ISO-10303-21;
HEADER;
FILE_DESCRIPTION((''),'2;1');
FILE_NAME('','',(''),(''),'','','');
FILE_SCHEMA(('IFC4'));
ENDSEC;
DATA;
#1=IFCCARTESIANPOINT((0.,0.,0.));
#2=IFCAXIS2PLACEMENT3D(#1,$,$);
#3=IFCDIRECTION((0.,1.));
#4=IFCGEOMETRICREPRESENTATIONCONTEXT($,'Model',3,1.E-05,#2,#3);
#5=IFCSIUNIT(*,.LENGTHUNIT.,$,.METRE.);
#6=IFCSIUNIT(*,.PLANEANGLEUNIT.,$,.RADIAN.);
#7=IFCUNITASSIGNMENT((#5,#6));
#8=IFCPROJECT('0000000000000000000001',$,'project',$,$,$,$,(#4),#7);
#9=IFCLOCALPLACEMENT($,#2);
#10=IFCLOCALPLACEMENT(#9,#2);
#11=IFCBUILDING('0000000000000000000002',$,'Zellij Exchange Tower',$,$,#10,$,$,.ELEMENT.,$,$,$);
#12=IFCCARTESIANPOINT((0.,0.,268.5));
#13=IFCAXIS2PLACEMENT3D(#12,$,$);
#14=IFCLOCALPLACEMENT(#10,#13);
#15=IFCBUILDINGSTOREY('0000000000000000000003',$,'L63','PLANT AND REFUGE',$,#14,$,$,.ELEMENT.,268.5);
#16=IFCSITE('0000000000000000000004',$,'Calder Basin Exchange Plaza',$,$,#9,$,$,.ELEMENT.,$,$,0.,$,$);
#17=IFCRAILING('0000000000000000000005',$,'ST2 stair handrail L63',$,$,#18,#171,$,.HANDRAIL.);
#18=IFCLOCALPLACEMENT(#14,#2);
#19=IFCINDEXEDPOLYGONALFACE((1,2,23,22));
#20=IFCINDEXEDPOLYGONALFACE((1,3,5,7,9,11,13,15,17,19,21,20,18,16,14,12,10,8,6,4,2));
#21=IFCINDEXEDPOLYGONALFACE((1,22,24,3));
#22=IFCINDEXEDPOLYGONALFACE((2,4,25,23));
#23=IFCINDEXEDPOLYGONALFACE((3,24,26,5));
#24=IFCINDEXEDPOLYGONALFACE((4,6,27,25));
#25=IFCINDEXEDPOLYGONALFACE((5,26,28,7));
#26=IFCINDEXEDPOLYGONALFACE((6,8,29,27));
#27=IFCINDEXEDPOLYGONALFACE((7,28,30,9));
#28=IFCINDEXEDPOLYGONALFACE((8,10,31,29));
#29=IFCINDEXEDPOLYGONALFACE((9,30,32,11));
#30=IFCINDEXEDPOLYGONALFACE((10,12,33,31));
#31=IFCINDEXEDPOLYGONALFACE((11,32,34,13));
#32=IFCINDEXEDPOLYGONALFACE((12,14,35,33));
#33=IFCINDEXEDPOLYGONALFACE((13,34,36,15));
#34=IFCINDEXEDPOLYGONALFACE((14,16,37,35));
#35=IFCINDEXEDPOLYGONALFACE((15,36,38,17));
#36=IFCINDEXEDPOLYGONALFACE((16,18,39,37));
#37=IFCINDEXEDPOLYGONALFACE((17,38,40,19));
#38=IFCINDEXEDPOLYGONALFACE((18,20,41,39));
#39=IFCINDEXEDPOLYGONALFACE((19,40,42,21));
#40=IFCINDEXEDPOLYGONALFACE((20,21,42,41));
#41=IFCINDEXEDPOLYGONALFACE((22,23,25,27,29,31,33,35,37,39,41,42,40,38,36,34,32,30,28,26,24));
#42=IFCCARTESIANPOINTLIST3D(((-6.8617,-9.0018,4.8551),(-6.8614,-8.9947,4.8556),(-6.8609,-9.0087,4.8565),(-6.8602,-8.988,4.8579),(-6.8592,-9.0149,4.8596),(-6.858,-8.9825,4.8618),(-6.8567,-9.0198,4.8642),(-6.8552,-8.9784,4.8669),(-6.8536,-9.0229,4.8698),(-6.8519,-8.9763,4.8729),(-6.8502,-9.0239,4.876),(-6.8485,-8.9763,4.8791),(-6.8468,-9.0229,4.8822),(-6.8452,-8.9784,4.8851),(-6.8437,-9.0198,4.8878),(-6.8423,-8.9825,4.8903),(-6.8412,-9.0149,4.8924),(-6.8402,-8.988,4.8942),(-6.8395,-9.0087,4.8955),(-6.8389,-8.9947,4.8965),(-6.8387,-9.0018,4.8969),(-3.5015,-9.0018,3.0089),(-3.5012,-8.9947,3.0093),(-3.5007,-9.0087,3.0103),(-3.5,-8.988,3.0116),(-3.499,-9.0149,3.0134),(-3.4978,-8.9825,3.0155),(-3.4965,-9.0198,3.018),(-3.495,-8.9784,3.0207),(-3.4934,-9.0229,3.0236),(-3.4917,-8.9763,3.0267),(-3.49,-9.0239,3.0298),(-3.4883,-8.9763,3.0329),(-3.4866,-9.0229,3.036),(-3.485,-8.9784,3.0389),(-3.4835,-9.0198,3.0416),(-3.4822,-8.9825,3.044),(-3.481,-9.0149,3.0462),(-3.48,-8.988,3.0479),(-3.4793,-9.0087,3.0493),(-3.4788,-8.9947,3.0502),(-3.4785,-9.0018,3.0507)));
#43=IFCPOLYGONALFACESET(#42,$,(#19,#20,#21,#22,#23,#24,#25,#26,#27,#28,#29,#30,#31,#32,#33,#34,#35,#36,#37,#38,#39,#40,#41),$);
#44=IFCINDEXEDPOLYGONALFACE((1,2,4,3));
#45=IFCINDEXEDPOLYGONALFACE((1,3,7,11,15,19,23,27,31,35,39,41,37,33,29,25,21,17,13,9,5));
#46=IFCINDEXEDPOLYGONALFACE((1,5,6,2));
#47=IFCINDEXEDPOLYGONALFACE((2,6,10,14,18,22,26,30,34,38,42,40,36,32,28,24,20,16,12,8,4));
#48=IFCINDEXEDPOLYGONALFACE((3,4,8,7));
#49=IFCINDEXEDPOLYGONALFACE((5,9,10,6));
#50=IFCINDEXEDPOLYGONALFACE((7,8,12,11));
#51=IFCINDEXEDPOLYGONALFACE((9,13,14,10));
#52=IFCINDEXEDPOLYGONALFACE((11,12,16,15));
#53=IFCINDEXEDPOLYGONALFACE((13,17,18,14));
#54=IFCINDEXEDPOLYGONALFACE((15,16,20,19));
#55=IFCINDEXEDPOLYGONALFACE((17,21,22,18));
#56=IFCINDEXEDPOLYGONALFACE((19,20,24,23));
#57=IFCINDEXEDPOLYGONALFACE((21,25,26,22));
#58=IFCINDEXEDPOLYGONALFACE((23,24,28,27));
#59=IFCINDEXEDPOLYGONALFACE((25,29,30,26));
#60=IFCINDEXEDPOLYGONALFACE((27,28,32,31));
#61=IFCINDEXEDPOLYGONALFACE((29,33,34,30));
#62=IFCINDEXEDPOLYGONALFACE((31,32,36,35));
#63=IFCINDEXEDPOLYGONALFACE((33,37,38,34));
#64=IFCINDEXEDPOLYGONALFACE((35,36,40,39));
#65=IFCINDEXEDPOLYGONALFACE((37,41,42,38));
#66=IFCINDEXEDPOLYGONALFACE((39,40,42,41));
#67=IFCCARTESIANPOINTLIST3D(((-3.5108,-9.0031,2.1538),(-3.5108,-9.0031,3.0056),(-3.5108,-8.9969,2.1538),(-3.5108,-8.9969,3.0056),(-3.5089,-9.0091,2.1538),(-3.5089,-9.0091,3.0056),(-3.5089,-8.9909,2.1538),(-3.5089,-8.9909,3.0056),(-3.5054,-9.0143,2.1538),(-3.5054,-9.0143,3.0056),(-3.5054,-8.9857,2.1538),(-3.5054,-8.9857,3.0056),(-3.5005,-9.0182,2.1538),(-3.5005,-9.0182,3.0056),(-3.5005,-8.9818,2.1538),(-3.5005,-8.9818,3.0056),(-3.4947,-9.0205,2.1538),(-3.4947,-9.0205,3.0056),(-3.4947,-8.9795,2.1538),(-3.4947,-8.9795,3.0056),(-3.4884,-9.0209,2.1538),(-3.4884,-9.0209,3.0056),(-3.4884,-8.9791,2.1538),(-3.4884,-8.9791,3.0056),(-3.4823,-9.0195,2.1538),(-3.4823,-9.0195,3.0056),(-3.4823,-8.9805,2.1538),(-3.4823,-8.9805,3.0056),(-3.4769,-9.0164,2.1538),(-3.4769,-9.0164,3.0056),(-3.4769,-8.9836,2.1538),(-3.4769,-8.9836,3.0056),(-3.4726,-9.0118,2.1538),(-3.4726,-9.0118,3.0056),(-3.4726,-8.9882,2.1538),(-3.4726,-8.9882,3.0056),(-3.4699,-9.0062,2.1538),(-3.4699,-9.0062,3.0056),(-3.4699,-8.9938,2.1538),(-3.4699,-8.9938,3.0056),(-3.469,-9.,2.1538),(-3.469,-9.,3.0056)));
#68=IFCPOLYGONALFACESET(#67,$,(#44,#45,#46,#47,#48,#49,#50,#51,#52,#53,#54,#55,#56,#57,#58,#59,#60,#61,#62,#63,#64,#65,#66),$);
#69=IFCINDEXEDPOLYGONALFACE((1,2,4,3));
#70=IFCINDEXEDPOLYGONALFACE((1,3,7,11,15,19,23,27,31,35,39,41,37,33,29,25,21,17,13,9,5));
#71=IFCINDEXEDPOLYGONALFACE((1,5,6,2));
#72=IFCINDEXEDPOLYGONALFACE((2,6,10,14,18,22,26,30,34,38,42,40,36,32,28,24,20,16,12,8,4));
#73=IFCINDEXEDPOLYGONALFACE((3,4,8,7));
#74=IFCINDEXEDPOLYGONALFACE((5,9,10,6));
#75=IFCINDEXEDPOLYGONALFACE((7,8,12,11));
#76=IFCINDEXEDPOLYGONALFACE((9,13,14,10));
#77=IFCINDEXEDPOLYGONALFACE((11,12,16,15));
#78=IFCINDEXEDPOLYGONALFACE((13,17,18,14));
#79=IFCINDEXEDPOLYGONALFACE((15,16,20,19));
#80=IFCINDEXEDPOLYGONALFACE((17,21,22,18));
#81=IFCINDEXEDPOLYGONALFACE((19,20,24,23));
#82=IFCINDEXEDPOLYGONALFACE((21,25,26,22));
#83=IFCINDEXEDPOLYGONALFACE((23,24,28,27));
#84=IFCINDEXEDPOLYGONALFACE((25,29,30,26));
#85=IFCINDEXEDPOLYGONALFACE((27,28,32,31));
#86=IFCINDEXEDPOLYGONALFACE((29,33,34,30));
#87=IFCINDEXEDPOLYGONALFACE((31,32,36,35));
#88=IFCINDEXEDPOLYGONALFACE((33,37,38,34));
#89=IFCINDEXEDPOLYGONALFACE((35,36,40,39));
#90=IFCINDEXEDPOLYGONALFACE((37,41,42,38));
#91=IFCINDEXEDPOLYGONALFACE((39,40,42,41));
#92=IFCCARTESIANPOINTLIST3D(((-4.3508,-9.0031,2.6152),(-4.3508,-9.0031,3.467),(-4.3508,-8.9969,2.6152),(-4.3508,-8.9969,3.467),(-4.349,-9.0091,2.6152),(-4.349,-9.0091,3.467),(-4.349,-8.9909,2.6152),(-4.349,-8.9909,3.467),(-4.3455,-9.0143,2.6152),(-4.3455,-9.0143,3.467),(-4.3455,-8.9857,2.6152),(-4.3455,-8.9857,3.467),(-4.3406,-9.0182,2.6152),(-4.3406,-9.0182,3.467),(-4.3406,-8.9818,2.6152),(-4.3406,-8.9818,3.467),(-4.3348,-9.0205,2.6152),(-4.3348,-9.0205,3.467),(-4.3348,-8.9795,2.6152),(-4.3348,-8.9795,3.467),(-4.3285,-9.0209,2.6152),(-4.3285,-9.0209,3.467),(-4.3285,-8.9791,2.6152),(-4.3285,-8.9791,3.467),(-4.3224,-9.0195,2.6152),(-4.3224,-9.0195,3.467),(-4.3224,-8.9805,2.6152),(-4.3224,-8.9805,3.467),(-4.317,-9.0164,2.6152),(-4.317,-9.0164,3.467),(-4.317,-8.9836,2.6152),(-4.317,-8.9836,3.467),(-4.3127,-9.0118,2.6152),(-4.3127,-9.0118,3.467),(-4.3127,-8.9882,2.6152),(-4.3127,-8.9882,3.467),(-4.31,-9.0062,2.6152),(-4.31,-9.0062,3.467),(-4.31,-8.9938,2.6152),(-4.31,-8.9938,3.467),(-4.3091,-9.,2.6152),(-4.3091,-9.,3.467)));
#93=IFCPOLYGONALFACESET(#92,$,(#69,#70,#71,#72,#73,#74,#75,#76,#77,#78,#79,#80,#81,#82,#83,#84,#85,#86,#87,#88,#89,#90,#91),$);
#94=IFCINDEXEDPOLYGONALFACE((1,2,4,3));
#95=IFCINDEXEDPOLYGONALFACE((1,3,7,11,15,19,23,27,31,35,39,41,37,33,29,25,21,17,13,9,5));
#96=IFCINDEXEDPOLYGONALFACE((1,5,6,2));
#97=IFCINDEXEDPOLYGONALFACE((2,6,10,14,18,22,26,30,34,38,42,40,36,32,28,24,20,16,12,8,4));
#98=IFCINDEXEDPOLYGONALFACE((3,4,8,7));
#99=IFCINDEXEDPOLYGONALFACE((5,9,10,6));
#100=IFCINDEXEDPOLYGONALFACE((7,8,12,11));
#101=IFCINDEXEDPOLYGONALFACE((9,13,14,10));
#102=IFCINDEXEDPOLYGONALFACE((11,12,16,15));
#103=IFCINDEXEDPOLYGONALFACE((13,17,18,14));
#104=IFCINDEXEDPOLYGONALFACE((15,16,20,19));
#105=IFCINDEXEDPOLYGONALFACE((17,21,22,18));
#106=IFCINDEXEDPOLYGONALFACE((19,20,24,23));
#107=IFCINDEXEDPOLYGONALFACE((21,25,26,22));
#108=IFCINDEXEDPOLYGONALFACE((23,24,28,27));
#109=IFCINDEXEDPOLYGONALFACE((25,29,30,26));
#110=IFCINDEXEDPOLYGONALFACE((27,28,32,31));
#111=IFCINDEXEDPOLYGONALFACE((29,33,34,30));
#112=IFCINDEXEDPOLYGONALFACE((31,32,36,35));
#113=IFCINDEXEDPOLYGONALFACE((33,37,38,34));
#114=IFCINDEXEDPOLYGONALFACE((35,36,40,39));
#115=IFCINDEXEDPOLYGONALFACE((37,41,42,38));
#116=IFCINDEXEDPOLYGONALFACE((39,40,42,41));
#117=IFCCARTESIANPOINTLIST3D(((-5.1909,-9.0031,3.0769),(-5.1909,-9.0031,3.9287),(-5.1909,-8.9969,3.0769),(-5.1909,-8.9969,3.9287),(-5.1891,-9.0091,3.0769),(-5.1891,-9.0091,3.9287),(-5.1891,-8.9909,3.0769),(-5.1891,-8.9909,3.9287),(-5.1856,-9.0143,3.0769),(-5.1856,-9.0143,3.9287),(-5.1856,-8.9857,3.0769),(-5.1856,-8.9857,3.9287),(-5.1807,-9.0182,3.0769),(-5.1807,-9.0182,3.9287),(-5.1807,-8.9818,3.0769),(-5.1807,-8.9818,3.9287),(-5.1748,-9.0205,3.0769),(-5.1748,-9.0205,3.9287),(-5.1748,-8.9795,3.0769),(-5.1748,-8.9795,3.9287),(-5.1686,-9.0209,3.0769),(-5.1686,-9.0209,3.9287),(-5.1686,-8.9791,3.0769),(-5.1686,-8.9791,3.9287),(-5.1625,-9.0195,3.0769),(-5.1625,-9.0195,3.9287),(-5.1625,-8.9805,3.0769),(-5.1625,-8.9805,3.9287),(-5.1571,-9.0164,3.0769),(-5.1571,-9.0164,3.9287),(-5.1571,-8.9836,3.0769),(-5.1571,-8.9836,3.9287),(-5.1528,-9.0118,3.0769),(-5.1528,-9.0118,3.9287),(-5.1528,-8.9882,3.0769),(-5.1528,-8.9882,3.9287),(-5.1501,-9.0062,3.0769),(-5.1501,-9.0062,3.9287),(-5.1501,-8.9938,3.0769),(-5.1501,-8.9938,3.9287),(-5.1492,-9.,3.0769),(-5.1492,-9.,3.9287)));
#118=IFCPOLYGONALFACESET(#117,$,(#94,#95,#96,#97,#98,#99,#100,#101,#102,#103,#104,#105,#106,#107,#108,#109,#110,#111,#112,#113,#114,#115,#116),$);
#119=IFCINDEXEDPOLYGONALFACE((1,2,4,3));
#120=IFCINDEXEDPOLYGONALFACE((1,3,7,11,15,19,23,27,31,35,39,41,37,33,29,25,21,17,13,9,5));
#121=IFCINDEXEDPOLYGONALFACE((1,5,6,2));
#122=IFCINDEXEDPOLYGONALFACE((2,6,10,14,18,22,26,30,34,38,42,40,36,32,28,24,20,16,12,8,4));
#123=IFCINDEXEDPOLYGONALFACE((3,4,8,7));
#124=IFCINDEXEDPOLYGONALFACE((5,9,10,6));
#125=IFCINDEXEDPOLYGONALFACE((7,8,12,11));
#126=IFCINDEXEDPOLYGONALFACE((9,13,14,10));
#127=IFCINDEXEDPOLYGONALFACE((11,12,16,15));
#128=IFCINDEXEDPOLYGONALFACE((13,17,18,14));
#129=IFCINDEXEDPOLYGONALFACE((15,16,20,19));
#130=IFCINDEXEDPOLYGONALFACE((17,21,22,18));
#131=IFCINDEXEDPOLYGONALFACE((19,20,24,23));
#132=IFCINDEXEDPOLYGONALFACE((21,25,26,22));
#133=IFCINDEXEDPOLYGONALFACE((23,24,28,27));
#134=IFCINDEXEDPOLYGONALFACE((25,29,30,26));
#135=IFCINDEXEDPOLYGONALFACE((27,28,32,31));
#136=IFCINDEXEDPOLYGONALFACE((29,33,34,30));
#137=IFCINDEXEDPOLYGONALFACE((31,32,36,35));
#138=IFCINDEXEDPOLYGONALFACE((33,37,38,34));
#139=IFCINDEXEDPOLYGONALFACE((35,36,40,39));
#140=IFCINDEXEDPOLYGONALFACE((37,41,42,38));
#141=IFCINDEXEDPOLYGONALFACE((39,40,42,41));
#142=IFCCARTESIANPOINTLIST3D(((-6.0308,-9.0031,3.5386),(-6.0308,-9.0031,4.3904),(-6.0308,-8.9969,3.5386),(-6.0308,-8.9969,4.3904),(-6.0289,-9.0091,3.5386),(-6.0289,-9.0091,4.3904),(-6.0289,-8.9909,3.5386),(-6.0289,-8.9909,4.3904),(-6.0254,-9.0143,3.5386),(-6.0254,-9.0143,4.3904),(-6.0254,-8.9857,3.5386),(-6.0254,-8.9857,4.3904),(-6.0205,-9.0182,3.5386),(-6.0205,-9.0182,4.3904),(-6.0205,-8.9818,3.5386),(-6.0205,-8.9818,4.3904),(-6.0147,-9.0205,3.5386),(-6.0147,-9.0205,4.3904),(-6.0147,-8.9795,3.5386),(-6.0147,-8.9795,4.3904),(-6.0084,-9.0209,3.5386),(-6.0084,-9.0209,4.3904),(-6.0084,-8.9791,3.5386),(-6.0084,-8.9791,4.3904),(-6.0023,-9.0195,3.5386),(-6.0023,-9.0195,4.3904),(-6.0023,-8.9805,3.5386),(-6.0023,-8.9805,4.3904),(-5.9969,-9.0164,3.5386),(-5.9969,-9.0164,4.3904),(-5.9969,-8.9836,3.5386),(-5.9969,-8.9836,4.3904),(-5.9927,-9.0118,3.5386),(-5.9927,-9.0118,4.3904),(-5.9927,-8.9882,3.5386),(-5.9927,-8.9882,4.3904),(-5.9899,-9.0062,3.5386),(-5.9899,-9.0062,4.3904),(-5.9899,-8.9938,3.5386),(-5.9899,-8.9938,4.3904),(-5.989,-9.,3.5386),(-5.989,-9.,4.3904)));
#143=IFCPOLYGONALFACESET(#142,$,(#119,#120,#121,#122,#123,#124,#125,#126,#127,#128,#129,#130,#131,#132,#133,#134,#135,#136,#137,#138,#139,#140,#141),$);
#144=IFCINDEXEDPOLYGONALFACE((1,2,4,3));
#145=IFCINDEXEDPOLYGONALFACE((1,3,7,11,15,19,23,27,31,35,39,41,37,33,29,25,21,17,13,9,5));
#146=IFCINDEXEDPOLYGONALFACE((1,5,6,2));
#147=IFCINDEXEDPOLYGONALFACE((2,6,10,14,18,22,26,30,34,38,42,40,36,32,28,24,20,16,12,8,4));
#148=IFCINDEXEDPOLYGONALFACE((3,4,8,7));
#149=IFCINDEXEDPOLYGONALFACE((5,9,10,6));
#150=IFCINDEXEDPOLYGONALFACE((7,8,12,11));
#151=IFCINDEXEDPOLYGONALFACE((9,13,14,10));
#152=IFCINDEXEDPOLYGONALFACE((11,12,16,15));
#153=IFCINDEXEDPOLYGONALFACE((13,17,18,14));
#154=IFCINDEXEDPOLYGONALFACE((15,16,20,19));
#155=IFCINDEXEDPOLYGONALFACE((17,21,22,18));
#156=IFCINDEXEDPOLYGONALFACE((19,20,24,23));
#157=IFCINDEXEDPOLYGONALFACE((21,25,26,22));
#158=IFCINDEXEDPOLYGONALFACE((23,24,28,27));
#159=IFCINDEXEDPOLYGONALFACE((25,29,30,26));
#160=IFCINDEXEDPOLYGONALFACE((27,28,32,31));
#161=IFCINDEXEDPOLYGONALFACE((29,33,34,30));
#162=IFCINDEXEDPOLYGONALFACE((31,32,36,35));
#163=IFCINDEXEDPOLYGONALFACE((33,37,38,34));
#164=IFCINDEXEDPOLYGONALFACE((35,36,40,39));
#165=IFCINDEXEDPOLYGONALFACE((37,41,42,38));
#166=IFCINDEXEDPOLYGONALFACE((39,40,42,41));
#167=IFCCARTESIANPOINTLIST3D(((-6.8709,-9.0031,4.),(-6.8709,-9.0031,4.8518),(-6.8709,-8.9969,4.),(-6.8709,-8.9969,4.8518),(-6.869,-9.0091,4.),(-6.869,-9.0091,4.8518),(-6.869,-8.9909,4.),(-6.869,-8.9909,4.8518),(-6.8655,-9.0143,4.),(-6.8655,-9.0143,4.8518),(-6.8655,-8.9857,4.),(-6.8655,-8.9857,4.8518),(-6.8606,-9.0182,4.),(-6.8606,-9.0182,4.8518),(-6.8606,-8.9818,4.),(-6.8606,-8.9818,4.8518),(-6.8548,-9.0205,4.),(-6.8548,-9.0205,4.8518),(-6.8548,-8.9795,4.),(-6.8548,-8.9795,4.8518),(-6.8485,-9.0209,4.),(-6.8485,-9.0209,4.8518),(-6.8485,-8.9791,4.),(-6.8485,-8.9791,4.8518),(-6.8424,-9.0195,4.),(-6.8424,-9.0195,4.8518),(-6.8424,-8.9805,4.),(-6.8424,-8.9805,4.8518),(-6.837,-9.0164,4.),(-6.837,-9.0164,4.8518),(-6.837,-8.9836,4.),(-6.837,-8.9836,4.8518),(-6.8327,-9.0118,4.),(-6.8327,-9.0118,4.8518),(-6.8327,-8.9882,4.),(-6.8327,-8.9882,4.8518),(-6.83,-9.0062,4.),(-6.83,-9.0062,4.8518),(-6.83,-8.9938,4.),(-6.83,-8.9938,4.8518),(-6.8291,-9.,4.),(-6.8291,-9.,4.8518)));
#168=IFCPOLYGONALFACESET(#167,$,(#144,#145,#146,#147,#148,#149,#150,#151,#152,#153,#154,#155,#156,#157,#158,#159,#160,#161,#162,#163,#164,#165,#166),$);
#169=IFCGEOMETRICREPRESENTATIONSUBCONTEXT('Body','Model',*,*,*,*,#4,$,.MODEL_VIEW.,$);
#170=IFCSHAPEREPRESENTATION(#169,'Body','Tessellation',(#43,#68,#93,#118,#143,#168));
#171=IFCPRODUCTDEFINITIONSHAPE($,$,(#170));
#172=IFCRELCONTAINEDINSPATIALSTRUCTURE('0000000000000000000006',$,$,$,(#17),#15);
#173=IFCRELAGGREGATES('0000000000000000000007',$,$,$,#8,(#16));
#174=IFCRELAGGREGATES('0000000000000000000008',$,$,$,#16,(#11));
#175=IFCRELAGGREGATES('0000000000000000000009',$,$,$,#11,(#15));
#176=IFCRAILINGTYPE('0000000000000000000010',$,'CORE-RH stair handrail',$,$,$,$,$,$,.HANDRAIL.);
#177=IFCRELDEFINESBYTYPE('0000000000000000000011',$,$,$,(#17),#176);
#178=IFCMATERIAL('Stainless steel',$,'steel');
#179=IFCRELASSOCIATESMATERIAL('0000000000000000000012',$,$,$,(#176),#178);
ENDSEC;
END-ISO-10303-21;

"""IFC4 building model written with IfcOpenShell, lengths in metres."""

from ifc_helpers import new_model, si_unit, direction, frame, origin, origin_2d, place, context, subcontext, project, spatial, circle, extrude, material, type_object, element, save


model = new_model("IFC4")

# Units and contexts
model_context = context("Model", 3, precision=1e-05, world=origin(), true_north=direction((0.0, 1.0)))
body_context = subcontext(model_context, "Body", "Model", "MODEL_VIEW")
ifc_project = project(units=[si_unit("LENGTHUNIT", "METRE"), si_unit("PLANEANGLEUNIT", "RADIAN")], contexts=[model_context])

# Site, building, storey
site_placement = place(None, origin())
site = spatial("IfcSite", under=ifc_project, at=site_placement, Name="Calder Basin Exchange Plaza", CompositionType="ELEMENT", RefElevation=0.0)
building_placement = place(site_placement, origin())
building = spatial("IfcBuilding", under=site, at=building_placement, Name="Zellij Exchange Tower", CompositionType="ELEMENT")
storey_placement = place(building_placement, frame((0.0, 0.0, 268.5)))
storey = spatial("IfcBuildingStorey", under=building, at=storey_placement, Name="L63", Description="PLANT AND REFUGE", CompositionType="ELEMENT", Elevation=268.5)

# Railing
ifc_material_1 = material(Name="Stainless steel", Category="steel")
railing_type_1 = type_object("IfcRailingType", Name="CORE-RH stair handrail", PredefinedType="HANDRAIL", material=ifc_material_1)
railing_1_placement = place(storey_placement, frame((-3.49, -9.0, 2.1538)))
element("IfcRailing", 1, at=railing_1_placement, inside=storey, type_object=railing_type_1, Name="ST2 stair handrail L63", PredefinedType="HANDRAIL", context=body_context, shape_type="SweptSolid", body=[
    extrude(circle(Radius=0.0239, at=origin_2d()), frame((0.0, 0.0, 0.876), z_axis=(-0.876422, 0.0, 0.481545), x_axis=(0.0, -1.0, 0.0)), (0.0, 0.0, 1.0), 3.834),
    extrude(circle(Radius=0.021, at=origin_2d()), origin(), (0.0, 0.0, 1.0), 0.8518),
    extrude(circle(Radius=0.021, at=origin_2d()), frame((-0.8401, 0.0, 0.4614)), (0.0, 0.0, 1.0), 0.8518),
    extrude(circle(Radius=0.021, at=origin_2d()), frame((-1.6802, 0.0, 0.9231)), (0.0, 0.0, 1.0), 0.8518),
    extrude(circle(Radius=0.021, at=origin_2d()), frame((-2.52, 0.0, 1.3848)), (0.0, 0.0, 1.0), 0.8518),
    extrude(circle(Radius=0.021, at=origin_2d()), frame((-3.3601, 0.0, 1.8462)), (0.0, 0.0, 1.0), 0.8518),
])

save(model, "model.ifc")
